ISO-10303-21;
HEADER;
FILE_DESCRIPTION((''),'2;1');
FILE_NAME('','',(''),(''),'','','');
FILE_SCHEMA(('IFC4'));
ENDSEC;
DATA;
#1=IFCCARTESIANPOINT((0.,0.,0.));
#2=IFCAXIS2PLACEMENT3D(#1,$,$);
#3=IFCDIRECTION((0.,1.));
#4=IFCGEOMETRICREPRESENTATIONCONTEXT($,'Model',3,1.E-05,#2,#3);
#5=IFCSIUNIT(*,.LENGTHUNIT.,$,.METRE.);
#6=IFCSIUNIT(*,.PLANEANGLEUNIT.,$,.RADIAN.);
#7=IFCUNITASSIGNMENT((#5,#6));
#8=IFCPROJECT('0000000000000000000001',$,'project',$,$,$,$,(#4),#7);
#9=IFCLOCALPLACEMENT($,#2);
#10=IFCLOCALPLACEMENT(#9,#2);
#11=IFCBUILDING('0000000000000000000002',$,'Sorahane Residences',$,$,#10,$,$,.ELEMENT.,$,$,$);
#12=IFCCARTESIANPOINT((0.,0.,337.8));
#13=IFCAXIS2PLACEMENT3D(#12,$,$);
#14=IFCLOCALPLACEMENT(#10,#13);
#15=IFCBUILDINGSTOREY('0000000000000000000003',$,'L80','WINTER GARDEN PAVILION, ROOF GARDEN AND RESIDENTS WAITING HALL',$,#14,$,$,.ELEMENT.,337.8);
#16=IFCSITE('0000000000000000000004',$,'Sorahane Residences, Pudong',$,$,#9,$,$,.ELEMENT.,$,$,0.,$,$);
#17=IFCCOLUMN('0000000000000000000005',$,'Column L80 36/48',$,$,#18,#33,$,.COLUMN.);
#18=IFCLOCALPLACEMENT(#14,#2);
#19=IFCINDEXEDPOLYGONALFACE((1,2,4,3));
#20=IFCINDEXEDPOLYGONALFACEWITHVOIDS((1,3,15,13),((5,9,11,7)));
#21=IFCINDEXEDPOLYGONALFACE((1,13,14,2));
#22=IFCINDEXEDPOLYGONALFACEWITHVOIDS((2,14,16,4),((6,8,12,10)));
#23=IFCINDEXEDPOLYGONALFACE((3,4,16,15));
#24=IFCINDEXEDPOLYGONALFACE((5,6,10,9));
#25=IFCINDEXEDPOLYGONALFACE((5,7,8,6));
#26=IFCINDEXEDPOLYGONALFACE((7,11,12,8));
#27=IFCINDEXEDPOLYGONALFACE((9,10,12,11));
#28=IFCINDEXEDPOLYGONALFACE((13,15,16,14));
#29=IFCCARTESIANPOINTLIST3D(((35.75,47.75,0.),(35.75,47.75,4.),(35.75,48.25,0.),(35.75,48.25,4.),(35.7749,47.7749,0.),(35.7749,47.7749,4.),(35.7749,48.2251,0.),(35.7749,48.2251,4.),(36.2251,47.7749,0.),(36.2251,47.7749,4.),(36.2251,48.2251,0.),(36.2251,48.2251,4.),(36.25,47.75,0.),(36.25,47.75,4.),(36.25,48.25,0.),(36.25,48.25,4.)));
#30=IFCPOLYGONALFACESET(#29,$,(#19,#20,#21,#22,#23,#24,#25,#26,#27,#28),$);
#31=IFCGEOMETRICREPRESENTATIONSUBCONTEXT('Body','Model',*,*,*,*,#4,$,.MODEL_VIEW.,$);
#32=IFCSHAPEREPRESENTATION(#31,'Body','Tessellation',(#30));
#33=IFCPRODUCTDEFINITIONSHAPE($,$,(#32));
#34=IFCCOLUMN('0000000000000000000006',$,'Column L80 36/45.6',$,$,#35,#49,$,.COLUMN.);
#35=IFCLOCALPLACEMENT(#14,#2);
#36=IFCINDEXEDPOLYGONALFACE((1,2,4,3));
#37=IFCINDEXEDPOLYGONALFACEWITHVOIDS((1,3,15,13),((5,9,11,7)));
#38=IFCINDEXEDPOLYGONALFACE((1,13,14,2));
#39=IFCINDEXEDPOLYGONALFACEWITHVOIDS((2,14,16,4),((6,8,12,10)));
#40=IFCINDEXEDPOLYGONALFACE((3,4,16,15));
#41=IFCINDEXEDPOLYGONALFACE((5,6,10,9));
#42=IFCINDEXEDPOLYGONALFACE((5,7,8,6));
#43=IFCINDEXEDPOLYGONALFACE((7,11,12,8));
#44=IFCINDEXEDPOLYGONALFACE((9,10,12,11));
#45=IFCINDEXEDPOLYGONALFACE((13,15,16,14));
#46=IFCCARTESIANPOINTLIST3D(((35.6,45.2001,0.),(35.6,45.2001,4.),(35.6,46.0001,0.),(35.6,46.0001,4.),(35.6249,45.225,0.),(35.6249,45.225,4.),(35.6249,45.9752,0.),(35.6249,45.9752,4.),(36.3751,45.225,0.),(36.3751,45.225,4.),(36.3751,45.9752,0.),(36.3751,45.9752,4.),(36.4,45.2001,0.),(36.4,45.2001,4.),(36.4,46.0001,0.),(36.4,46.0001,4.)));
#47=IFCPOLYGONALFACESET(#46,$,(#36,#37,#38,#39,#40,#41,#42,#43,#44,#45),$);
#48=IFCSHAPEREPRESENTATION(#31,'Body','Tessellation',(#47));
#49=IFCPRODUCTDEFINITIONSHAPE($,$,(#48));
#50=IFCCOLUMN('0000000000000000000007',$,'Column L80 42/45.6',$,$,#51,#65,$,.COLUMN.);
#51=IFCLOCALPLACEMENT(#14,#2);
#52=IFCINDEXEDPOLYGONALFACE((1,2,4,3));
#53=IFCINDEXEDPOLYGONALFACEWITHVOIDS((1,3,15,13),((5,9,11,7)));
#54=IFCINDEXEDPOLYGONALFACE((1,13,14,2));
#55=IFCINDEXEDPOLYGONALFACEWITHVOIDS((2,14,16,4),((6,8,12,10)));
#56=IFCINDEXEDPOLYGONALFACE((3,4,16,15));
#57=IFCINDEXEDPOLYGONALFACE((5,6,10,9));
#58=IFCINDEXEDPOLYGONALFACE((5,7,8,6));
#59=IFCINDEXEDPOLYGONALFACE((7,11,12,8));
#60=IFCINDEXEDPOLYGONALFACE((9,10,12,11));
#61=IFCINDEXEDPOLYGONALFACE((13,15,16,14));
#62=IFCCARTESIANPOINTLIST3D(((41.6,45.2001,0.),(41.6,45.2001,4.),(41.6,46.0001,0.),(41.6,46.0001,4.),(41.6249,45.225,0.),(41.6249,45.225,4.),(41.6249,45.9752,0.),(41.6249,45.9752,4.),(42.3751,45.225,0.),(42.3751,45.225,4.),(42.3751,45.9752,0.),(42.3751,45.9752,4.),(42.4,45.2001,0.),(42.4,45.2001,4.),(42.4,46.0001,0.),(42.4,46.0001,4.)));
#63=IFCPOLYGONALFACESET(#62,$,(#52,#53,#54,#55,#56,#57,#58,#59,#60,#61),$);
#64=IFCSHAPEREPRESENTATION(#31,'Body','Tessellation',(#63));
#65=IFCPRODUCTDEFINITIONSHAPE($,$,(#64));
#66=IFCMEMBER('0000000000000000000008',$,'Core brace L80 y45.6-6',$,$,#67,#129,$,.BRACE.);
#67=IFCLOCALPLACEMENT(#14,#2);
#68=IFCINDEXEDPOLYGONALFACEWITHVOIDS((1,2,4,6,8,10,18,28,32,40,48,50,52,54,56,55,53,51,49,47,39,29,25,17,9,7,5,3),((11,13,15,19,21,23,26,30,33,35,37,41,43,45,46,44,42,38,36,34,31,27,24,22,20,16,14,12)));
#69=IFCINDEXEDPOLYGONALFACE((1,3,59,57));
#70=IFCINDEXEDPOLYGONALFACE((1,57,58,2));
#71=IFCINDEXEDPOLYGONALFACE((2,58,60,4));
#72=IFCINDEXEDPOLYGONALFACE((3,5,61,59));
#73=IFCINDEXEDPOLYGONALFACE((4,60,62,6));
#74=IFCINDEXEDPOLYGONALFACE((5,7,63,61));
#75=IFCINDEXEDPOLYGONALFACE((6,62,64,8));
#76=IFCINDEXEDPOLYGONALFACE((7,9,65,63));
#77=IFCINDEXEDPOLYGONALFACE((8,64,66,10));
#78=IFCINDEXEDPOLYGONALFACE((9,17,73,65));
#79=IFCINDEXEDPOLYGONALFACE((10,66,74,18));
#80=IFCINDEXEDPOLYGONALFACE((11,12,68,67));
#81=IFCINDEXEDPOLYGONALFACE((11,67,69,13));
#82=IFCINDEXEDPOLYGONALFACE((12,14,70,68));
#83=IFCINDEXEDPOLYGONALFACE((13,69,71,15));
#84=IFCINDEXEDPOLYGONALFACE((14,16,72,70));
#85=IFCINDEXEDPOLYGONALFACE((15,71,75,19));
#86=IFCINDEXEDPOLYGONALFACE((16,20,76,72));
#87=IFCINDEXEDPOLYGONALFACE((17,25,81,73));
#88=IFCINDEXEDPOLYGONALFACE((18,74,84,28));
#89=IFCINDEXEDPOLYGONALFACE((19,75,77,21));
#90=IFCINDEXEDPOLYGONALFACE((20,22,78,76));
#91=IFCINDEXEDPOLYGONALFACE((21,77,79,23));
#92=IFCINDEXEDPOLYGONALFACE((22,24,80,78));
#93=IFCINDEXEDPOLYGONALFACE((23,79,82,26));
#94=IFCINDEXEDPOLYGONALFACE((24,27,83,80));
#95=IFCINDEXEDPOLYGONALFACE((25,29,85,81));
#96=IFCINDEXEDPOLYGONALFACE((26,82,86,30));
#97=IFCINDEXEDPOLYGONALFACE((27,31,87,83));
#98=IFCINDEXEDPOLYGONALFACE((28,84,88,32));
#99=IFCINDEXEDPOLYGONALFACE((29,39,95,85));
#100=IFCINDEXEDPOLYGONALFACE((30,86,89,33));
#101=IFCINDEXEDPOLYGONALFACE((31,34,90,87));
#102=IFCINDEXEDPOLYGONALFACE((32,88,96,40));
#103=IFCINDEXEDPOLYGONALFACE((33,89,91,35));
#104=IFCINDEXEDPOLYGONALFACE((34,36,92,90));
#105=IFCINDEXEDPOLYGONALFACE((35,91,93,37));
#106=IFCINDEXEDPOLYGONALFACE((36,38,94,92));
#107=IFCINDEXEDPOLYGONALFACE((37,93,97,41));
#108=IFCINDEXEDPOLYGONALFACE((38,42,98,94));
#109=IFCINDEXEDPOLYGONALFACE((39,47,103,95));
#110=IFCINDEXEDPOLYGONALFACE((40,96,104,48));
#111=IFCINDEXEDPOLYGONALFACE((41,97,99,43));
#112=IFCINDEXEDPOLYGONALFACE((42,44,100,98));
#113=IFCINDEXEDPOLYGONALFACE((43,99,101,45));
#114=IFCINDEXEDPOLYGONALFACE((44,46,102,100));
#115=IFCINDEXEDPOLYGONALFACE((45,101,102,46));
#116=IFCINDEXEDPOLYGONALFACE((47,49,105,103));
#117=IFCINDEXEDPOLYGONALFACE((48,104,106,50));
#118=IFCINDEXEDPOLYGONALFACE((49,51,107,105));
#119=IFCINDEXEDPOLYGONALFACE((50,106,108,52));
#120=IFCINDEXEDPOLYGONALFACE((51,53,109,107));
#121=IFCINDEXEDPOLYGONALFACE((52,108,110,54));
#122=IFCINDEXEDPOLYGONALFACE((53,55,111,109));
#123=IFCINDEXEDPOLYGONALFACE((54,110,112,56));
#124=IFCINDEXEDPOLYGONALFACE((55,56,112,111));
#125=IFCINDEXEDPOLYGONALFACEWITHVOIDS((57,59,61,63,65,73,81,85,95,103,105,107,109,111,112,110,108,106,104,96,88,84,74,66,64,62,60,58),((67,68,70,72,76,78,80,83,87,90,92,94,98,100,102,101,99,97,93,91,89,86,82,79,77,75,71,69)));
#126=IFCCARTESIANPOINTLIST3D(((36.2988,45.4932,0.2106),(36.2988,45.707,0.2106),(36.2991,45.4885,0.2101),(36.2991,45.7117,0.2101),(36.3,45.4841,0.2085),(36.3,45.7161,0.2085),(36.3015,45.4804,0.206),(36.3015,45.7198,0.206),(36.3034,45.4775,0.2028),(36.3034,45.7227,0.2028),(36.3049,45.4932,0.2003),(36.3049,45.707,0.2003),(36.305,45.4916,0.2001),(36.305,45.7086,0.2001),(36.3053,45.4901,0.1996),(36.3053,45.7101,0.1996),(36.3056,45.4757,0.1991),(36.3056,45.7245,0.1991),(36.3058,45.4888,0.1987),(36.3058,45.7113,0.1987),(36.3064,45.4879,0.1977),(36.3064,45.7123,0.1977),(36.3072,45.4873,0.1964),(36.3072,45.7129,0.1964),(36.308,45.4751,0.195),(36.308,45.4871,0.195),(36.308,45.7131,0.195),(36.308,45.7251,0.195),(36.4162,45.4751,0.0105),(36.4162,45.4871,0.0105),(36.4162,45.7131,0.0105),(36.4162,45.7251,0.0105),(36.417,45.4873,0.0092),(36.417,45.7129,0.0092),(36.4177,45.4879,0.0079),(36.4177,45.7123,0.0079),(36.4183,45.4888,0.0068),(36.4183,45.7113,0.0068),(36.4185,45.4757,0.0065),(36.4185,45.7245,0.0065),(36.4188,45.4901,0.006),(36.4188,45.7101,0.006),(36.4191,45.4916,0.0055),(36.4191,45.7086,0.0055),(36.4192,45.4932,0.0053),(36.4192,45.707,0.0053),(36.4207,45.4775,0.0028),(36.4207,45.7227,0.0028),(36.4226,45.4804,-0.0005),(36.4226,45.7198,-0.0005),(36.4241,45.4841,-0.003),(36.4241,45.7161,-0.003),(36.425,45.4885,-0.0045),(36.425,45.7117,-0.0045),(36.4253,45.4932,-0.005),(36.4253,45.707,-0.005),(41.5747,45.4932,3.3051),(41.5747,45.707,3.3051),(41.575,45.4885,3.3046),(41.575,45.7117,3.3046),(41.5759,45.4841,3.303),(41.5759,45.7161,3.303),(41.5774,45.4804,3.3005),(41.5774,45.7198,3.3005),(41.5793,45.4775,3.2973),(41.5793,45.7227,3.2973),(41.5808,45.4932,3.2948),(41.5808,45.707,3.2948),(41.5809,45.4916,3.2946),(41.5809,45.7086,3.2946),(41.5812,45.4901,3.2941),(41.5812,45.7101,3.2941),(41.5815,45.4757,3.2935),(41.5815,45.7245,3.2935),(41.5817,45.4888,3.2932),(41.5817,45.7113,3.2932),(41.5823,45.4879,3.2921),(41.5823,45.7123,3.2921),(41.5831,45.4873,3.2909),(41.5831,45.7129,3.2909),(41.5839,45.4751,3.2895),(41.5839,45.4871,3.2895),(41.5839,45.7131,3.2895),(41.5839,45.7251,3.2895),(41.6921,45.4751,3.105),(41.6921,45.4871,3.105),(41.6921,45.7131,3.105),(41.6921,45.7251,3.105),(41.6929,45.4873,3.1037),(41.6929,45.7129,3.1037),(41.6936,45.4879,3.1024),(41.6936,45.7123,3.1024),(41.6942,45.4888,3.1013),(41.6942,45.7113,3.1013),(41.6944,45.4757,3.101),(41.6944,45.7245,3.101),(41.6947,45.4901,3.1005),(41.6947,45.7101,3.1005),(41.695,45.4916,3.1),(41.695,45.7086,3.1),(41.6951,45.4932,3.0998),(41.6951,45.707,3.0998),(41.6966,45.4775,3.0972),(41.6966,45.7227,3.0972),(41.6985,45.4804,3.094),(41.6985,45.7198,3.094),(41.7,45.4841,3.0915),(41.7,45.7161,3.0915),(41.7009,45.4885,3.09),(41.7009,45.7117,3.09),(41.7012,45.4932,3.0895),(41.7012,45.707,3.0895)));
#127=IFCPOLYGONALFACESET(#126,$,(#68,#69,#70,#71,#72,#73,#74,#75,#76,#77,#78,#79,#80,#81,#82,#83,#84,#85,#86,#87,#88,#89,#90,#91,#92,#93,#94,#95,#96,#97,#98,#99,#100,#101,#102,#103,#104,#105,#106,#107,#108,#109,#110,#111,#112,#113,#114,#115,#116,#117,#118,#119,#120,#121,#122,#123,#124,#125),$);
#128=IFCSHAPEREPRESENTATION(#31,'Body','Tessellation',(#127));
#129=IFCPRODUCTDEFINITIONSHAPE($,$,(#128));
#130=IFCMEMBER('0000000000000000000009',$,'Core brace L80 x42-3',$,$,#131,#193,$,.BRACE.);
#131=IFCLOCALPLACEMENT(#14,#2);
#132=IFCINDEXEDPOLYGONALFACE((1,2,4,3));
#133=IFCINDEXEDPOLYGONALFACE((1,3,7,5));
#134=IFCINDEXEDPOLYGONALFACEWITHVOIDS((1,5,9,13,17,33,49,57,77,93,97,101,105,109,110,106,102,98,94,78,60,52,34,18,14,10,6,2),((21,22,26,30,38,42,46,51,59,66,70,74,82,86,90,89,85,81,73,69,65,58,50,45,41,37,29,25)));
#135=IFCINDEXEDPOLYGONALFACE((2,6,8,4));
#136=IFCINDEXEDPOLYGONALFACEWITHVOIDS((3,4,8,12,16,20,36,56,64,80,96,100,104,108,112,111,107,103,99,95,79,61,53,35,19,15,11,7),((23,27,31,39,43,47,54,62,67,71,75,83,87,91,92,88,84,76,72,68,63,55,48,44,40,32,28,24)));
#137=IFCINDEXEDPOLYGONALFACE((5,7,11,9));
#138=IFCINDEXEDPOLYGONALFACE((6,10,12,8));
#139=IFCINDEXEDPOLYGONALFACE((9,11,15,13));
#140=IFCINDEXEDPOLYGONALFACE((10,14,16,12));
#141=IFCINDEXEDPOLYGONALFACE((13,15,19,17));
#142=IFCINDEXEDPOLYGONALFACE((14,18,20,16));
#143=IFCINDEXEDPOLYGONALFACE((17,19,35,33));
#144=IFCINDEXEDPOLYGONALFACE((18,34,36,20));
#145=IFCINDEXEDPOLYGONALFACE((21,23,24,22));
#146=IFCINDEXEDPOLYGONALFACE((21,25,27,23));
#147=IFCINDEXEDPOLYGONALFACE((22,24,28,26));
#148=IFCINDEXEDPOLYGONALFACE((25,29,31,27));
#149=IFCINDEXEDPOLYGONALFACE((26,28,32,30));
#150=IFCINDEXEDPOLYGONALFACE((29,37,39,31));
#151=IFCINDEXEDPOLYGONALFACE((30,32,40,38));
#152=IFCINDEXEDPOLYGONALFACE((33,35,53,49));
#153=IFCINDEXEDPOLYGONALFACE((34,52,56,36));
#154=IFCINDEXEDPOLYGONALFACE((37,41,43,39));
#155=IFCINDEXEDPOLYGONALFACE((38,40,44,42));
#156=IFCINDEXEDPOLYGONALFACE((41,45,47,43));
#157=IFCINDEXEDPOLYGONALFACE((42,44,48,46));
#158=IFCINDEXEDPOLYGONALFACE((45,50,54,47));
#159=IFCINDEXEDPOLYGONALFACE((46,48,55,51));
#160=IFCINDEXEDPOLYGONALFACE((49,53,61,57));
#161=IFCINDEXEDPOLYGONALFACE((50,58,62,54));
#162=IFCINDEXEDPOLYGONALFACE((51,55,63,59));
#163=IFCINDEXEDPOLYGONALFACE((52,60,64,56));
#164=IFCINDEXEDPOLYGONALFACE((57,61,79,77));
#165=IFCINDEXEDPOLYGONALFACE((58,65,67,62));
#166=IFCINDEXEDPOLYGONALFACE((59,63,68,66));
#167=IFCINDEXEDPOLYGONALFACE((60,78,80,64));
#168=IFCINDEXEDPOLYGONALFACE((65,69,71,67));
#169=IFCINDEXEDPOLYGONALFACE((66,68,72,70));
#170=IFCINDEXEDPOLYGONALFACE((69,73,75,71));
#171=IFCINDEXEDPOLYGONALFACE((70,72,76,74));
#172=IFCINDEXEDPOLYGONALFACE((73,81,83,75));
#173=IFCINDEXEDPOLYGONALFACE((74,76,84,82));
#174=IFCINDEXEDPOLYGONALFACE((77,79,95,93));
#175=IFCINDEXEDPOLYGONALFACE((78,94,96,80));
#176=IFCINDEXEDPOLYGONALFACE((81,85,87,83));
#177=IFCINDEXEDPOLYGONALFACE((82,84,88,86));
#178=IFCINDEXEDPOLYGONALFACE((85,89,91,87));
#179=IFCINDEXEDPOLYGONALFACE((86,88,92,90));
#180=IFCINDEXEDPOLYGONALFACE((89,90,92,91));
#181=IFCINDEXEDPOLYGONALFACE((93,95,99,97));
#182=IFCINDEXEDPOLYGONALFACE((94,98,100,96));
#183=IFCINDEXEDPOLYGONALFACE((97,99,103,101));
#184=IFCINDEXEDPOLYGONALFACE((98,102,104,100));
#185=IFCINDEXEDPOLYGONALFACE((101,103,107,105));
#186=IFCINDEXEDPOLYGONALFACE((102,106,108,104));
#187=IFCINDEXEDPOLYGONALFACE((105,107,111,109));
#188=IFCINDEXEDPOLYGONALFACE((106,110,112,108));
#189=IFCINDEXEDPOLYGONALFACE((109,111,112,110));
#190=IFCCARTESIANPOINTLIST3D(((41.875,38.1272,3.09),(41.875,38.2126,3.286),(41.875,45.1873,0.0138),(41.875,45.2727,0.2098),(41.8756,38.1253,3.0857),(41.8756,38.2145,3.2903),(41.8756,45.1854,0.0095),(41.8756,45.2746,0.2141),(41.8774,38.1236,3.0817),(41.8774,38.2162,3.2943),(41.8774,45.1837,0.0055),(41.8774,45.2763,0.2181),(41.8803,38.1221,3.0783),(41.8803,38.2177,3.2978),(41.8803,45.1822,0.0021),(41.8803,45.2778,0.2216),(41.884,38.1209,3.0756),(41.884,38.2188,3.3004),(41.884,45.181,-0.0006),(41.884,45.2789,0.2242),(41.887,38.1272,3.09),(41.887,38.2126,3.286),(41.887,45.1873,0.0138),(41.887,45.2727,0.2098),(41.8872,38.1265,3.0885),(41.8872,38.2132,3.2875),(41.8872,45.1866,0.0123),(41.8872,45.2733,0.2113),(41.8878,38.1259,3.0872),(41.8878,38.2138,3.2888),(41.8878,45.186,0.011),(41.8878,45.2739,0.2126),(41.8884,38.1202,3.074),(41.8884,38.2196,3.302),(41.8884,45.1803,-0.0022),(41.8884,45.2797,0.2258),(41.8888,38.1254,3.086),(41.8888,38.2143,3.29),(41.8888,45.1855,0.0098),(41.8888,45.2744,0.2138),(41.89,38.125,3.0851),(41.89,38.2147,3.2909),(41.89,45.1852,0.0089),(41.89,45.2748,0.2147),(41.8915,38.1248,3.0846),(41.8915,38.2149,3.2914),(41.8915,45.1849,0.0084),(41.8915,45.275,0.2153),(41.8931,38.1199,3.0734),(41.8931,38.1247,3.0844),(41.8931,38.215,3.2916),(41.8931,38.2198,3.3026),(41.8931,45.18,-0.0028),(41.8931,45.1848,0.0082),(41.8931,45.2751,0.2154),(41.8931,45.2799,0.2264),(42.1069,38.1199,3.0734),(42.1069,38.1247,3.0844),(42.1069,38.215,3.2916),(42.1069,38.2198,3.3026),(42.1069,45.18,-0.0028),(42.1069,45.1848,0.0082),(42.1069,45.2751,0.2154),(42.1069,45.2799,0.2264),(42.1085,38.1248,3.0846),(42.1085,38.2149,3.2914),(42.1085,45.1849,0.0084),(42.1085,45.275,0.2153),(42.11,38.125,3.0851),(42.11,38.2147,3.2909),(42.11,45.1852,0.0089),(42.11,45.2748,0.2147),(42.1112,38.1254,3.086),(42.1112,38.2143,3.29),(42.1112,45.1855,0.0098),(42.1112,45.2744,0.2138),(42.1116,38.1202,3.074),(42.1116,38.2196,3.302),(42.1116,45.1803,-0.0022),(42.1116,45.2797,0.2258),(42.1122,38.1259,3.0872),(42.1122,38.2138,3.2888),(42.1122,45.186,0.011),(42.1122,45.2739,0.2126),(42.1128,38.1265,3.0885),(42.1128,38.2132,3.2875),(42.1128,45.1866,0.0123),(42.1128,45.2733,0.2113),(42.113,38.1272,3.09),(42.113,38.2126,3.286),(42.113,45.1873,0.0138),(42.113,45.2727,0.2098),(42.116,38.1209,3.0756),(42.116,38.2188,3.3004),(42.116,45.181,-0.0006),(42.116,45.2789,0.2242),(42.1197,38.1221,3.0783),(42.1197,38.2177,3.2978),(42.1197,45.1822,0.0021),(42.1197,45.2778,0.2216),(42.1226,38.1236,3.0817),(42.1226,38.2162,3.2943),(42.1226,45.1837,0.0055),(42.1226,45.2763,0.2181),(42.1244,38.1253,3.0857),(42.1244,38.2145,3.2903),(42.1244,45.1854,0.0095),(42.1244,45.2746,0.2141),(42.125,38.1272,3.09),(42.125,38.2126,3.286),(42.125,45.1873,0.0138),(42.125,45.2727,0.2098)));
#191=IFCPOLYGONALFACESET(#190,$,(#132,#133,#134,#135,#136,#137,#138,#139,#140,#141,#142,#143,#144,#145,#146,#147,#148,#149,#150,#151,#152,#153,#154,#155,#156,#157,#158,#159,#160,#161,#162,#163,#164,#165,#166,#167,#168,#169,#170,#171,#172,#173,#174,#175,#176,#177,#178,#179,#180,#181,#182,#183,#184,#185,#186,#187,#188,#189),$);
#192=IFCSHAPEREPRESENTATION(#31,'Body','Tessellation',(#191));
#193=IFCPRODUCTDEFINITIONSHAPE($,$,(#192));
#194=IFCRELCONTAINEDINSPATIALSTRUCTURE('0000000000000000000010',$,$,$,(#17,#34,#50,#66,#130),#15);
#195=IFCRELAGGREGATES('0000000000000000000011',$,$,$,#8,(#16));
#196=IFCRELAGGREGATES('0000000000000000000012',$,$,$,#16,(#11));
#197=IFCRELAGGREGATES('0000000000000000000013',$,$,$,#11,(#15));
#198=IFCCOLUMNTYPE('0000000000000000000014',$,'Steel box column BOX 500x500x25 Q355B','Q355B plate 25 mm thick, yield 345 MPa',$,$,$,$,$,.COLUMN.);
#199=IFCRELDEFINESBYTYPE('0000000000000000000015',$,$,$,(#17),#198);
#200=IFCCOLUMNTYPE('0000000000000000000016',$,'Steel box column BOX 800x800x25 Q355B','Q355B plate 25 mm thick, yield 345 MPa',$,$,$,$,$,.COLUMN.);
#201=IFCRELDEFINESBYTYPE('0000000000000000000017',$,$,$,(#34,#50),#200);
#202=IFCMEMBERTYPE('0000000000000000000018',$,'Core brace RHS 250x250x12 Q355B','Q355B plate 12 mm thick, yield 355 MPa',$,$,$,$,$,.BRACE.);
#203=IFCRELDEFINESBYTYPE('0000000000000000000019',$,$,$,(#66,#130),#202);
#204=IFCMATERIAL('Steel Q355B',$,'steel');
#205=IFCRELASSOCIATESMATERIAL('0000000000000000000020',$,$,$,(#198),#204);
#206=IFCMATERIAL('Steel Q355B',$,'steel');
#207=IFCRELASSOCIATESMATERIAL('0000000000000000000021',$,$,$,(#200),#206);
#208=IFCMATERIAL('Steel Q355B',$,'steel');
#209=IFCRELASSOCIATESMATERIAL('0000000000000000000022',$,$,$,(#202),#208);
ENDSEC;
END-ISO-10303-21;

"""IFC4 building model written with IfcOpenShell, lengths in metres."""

from ifc_helpers import new_model, si_unit, direction, frame, origin, origin_2d, place, context, subcontext, project, spatial, hollow_rectangle, extrude, material, material_profile, profile_set, type_object, element, save


model = new_model("IFC4")

# Units and contexts
model_context = context("Model", 3, precision=1e-05, world=origin(), true_north=direction((0.0, 1.0)))
body_context = subcontext(model_context, "Body", "Model", "MODEL_VIEW")
ifc_project = project(units=[si_unit("LENGTHUNIT", "METRE"), si_unit("PLANEANGLEUNIT", "RADIAN")], contexts=[model_context])

# Site, building, storey
site_placement = place(None, origin())
site = spatial("IfcSite", under=ifc_project, at=site_placement, Name="Sorahane Residences, Pudong", CompositionType="ELEMENT", RefElevation=0.0)
building_placement = place(site_placement, origin())
building = spatial("IfcBuilding", under=site, at=building_placement, Name="Sorahane Residences", CompositionType="ELEMENT")
storey_placement = place(building_placement, frame((0.0, 0.0, 337.8)))
storey = spatial("IfcBuildingStorey", under=building, at=storey_placement, Name="L80", Description="WINTER GARDEN PAVILION, ROOF GARDEN AND RESIDENTS WAITING HALL", CompositionType="ELEMENT", Elevation=337.8)

# Columns
ifc_material_1 = material(Name="Steel Q355B", Category="steel")
ifc_material_profile_1 = material_profile(ifc_material_1, hollow_rectangle(XDim=0.5, YDim=0.5, WallThickness=0.0249, at=origin_2d()), Name="BOX 500x500x25")
ifc_profile_set_1 = profile_set([ifc_material_profile_1], Name="Steel Q355B")
column_type_1 = type_object("IfcColumnType", Name="Steel box column BOX 500x500x25 Q355B", Description="Q355B plate 25 mm thick, yield 345 MPa", PredefinedType="COLUMN", material=ifc_profile_set_1)
column_placement = place(storey_placement, frame((36.0, 48.0, 0.0), z_axis=(0.0, 0.0, 1.0), x_axis=(1.0, 0.0, 0.0)))
element("IfcColumn", 1, at=column_placement, inside=storey, type_object=column_type_1, Name="Column L80 36/48", PredefinedType="COLUMN", context=body_context, shape_type="SweptSolid", body=[
    extrude(hollow_rectangle(XDim=0.5, YDim=0.5, WallThickness=0.0249, at=origin_2d()), origin(), (0.0, 0.0, 1.0), 4.0),
])
ifc_material_2 = material(Name="Steel Q355B", Category="steel")
ifc_material_profile_2 = material_profile(ifc_material_2, hollow_rectangle(XDim=0.8, YDim=0.8, WallThickness=0.0249, at=origin_2d()), Name="BOX 800x800x25")
ifc_profile_set_2 = profile_set([ifc_material_profile_2], Name="Steel Q355B")
column_type_2 = type_object("IfcColumnType", Name="Steel box column BOX 800x800x25 Q355B", Description="Q355B plate 25 mm thick, yield 345 MPa", PredefinedType="COLUMN", material=ifc_profile_set_2)
for number, where, z_axis, x_axis, name in (
    (2, (36.0, 45.6001, 0.0), (0.0, 0.0, 1.0), (1.0, 0.0, 0.0), "Column L80 36/45.6"),
    (3, (42.0, 45.6001, 0.0), (0.0, 0.0, 1.0), (1.0, 0.0, 0.0), "Column L80 42/45.6"),
):
    element("IfcColumn", number, at=place(storey_placement, frame(where, z_axis=z_axis, x_axis=x_axis)), inside=storey, type_object=column_type_2, Name=name, PredefinedType="COLUMN", context=body_context, shape_type="SweptSolid", body=[
        extrude(hollow_rectangle(XDim=0.8, YDim=0.8, WallThickness=0.0249, at=origin_2d()), origin(), (0.0, 0.0, 1.0), 4.0),
    ])

# Members
ifc_material_3 = material(Name="Steel Q355B", Category="steel")
ifc_material_profile_3 = material_profile(ifc_material_3, hollow_rectangle(XDim=0.25, YDim=0.25, WallThickness=0.012, InnerFilletRadius=0.0061, OuterFilletRadius=0.0181, at=origin_2d()), Name="RHS 250x250x12")
ifc_profile_set_3 = profile_set([ifc_material_profile_3], Name="Steel Q355B")
member_type_1 = type_object("IfcMemberType", Name="Core brace RHS 250x250x12 Q355B", Description="Q355B plate 12 mm thick, yield 355 MPa", PredefinedType="BRACE", material=ifc_profile_set_3)
member_1_placement = place(storey_placement, frame((36.3621, 45.6001, 0.1028), z_axis=(0.862575, 0.0, 0.505929), x_axis=(0.0, 1.0, 0.0)))
element("IfcMember", 4, at=member_1_placement, inside=storey, type_object=member_type_1, Name="Core brace L80 y45.6-6", PredefinedType="BRACE", context=body_context, shape_type="SweptSolid", body=[
    extrude(hollow_rectangle(XDim=0.25, YDim=0.25, WallThickness=0.012, InnerFilletRadius=0.0061, OuterFilletRadius=0.0181, at=origin_2d()), origin(), (0.0, 0.0, 1.0), 6.1165),
])
member_2_placement = place(storey_placement, frame((42.0, 45.23, 0.1118), z_axis=(0.0, -0.916757, 0.399445), x_axis=(1.0, 0.0, 0.0)))
element("IfcMember", 5, at=member_2_placement, inside=storey, type_object=member_type_1, Name="Core brace L80 x42-3", PredefinedType="BRACE", context=body_context, shape_type="SweptSolid", body=[
    extrude(hollow_rectangle(XDim=0.25, YDim=0.25, WallThickness=0.012, InnerFilletRadius=0.0061, OuterFilletRadius=0.0181, at=origin_2d()), origin(), (0.0, 0.0, 1.0), 7.7012),
])

save(model, "model.ifc")
